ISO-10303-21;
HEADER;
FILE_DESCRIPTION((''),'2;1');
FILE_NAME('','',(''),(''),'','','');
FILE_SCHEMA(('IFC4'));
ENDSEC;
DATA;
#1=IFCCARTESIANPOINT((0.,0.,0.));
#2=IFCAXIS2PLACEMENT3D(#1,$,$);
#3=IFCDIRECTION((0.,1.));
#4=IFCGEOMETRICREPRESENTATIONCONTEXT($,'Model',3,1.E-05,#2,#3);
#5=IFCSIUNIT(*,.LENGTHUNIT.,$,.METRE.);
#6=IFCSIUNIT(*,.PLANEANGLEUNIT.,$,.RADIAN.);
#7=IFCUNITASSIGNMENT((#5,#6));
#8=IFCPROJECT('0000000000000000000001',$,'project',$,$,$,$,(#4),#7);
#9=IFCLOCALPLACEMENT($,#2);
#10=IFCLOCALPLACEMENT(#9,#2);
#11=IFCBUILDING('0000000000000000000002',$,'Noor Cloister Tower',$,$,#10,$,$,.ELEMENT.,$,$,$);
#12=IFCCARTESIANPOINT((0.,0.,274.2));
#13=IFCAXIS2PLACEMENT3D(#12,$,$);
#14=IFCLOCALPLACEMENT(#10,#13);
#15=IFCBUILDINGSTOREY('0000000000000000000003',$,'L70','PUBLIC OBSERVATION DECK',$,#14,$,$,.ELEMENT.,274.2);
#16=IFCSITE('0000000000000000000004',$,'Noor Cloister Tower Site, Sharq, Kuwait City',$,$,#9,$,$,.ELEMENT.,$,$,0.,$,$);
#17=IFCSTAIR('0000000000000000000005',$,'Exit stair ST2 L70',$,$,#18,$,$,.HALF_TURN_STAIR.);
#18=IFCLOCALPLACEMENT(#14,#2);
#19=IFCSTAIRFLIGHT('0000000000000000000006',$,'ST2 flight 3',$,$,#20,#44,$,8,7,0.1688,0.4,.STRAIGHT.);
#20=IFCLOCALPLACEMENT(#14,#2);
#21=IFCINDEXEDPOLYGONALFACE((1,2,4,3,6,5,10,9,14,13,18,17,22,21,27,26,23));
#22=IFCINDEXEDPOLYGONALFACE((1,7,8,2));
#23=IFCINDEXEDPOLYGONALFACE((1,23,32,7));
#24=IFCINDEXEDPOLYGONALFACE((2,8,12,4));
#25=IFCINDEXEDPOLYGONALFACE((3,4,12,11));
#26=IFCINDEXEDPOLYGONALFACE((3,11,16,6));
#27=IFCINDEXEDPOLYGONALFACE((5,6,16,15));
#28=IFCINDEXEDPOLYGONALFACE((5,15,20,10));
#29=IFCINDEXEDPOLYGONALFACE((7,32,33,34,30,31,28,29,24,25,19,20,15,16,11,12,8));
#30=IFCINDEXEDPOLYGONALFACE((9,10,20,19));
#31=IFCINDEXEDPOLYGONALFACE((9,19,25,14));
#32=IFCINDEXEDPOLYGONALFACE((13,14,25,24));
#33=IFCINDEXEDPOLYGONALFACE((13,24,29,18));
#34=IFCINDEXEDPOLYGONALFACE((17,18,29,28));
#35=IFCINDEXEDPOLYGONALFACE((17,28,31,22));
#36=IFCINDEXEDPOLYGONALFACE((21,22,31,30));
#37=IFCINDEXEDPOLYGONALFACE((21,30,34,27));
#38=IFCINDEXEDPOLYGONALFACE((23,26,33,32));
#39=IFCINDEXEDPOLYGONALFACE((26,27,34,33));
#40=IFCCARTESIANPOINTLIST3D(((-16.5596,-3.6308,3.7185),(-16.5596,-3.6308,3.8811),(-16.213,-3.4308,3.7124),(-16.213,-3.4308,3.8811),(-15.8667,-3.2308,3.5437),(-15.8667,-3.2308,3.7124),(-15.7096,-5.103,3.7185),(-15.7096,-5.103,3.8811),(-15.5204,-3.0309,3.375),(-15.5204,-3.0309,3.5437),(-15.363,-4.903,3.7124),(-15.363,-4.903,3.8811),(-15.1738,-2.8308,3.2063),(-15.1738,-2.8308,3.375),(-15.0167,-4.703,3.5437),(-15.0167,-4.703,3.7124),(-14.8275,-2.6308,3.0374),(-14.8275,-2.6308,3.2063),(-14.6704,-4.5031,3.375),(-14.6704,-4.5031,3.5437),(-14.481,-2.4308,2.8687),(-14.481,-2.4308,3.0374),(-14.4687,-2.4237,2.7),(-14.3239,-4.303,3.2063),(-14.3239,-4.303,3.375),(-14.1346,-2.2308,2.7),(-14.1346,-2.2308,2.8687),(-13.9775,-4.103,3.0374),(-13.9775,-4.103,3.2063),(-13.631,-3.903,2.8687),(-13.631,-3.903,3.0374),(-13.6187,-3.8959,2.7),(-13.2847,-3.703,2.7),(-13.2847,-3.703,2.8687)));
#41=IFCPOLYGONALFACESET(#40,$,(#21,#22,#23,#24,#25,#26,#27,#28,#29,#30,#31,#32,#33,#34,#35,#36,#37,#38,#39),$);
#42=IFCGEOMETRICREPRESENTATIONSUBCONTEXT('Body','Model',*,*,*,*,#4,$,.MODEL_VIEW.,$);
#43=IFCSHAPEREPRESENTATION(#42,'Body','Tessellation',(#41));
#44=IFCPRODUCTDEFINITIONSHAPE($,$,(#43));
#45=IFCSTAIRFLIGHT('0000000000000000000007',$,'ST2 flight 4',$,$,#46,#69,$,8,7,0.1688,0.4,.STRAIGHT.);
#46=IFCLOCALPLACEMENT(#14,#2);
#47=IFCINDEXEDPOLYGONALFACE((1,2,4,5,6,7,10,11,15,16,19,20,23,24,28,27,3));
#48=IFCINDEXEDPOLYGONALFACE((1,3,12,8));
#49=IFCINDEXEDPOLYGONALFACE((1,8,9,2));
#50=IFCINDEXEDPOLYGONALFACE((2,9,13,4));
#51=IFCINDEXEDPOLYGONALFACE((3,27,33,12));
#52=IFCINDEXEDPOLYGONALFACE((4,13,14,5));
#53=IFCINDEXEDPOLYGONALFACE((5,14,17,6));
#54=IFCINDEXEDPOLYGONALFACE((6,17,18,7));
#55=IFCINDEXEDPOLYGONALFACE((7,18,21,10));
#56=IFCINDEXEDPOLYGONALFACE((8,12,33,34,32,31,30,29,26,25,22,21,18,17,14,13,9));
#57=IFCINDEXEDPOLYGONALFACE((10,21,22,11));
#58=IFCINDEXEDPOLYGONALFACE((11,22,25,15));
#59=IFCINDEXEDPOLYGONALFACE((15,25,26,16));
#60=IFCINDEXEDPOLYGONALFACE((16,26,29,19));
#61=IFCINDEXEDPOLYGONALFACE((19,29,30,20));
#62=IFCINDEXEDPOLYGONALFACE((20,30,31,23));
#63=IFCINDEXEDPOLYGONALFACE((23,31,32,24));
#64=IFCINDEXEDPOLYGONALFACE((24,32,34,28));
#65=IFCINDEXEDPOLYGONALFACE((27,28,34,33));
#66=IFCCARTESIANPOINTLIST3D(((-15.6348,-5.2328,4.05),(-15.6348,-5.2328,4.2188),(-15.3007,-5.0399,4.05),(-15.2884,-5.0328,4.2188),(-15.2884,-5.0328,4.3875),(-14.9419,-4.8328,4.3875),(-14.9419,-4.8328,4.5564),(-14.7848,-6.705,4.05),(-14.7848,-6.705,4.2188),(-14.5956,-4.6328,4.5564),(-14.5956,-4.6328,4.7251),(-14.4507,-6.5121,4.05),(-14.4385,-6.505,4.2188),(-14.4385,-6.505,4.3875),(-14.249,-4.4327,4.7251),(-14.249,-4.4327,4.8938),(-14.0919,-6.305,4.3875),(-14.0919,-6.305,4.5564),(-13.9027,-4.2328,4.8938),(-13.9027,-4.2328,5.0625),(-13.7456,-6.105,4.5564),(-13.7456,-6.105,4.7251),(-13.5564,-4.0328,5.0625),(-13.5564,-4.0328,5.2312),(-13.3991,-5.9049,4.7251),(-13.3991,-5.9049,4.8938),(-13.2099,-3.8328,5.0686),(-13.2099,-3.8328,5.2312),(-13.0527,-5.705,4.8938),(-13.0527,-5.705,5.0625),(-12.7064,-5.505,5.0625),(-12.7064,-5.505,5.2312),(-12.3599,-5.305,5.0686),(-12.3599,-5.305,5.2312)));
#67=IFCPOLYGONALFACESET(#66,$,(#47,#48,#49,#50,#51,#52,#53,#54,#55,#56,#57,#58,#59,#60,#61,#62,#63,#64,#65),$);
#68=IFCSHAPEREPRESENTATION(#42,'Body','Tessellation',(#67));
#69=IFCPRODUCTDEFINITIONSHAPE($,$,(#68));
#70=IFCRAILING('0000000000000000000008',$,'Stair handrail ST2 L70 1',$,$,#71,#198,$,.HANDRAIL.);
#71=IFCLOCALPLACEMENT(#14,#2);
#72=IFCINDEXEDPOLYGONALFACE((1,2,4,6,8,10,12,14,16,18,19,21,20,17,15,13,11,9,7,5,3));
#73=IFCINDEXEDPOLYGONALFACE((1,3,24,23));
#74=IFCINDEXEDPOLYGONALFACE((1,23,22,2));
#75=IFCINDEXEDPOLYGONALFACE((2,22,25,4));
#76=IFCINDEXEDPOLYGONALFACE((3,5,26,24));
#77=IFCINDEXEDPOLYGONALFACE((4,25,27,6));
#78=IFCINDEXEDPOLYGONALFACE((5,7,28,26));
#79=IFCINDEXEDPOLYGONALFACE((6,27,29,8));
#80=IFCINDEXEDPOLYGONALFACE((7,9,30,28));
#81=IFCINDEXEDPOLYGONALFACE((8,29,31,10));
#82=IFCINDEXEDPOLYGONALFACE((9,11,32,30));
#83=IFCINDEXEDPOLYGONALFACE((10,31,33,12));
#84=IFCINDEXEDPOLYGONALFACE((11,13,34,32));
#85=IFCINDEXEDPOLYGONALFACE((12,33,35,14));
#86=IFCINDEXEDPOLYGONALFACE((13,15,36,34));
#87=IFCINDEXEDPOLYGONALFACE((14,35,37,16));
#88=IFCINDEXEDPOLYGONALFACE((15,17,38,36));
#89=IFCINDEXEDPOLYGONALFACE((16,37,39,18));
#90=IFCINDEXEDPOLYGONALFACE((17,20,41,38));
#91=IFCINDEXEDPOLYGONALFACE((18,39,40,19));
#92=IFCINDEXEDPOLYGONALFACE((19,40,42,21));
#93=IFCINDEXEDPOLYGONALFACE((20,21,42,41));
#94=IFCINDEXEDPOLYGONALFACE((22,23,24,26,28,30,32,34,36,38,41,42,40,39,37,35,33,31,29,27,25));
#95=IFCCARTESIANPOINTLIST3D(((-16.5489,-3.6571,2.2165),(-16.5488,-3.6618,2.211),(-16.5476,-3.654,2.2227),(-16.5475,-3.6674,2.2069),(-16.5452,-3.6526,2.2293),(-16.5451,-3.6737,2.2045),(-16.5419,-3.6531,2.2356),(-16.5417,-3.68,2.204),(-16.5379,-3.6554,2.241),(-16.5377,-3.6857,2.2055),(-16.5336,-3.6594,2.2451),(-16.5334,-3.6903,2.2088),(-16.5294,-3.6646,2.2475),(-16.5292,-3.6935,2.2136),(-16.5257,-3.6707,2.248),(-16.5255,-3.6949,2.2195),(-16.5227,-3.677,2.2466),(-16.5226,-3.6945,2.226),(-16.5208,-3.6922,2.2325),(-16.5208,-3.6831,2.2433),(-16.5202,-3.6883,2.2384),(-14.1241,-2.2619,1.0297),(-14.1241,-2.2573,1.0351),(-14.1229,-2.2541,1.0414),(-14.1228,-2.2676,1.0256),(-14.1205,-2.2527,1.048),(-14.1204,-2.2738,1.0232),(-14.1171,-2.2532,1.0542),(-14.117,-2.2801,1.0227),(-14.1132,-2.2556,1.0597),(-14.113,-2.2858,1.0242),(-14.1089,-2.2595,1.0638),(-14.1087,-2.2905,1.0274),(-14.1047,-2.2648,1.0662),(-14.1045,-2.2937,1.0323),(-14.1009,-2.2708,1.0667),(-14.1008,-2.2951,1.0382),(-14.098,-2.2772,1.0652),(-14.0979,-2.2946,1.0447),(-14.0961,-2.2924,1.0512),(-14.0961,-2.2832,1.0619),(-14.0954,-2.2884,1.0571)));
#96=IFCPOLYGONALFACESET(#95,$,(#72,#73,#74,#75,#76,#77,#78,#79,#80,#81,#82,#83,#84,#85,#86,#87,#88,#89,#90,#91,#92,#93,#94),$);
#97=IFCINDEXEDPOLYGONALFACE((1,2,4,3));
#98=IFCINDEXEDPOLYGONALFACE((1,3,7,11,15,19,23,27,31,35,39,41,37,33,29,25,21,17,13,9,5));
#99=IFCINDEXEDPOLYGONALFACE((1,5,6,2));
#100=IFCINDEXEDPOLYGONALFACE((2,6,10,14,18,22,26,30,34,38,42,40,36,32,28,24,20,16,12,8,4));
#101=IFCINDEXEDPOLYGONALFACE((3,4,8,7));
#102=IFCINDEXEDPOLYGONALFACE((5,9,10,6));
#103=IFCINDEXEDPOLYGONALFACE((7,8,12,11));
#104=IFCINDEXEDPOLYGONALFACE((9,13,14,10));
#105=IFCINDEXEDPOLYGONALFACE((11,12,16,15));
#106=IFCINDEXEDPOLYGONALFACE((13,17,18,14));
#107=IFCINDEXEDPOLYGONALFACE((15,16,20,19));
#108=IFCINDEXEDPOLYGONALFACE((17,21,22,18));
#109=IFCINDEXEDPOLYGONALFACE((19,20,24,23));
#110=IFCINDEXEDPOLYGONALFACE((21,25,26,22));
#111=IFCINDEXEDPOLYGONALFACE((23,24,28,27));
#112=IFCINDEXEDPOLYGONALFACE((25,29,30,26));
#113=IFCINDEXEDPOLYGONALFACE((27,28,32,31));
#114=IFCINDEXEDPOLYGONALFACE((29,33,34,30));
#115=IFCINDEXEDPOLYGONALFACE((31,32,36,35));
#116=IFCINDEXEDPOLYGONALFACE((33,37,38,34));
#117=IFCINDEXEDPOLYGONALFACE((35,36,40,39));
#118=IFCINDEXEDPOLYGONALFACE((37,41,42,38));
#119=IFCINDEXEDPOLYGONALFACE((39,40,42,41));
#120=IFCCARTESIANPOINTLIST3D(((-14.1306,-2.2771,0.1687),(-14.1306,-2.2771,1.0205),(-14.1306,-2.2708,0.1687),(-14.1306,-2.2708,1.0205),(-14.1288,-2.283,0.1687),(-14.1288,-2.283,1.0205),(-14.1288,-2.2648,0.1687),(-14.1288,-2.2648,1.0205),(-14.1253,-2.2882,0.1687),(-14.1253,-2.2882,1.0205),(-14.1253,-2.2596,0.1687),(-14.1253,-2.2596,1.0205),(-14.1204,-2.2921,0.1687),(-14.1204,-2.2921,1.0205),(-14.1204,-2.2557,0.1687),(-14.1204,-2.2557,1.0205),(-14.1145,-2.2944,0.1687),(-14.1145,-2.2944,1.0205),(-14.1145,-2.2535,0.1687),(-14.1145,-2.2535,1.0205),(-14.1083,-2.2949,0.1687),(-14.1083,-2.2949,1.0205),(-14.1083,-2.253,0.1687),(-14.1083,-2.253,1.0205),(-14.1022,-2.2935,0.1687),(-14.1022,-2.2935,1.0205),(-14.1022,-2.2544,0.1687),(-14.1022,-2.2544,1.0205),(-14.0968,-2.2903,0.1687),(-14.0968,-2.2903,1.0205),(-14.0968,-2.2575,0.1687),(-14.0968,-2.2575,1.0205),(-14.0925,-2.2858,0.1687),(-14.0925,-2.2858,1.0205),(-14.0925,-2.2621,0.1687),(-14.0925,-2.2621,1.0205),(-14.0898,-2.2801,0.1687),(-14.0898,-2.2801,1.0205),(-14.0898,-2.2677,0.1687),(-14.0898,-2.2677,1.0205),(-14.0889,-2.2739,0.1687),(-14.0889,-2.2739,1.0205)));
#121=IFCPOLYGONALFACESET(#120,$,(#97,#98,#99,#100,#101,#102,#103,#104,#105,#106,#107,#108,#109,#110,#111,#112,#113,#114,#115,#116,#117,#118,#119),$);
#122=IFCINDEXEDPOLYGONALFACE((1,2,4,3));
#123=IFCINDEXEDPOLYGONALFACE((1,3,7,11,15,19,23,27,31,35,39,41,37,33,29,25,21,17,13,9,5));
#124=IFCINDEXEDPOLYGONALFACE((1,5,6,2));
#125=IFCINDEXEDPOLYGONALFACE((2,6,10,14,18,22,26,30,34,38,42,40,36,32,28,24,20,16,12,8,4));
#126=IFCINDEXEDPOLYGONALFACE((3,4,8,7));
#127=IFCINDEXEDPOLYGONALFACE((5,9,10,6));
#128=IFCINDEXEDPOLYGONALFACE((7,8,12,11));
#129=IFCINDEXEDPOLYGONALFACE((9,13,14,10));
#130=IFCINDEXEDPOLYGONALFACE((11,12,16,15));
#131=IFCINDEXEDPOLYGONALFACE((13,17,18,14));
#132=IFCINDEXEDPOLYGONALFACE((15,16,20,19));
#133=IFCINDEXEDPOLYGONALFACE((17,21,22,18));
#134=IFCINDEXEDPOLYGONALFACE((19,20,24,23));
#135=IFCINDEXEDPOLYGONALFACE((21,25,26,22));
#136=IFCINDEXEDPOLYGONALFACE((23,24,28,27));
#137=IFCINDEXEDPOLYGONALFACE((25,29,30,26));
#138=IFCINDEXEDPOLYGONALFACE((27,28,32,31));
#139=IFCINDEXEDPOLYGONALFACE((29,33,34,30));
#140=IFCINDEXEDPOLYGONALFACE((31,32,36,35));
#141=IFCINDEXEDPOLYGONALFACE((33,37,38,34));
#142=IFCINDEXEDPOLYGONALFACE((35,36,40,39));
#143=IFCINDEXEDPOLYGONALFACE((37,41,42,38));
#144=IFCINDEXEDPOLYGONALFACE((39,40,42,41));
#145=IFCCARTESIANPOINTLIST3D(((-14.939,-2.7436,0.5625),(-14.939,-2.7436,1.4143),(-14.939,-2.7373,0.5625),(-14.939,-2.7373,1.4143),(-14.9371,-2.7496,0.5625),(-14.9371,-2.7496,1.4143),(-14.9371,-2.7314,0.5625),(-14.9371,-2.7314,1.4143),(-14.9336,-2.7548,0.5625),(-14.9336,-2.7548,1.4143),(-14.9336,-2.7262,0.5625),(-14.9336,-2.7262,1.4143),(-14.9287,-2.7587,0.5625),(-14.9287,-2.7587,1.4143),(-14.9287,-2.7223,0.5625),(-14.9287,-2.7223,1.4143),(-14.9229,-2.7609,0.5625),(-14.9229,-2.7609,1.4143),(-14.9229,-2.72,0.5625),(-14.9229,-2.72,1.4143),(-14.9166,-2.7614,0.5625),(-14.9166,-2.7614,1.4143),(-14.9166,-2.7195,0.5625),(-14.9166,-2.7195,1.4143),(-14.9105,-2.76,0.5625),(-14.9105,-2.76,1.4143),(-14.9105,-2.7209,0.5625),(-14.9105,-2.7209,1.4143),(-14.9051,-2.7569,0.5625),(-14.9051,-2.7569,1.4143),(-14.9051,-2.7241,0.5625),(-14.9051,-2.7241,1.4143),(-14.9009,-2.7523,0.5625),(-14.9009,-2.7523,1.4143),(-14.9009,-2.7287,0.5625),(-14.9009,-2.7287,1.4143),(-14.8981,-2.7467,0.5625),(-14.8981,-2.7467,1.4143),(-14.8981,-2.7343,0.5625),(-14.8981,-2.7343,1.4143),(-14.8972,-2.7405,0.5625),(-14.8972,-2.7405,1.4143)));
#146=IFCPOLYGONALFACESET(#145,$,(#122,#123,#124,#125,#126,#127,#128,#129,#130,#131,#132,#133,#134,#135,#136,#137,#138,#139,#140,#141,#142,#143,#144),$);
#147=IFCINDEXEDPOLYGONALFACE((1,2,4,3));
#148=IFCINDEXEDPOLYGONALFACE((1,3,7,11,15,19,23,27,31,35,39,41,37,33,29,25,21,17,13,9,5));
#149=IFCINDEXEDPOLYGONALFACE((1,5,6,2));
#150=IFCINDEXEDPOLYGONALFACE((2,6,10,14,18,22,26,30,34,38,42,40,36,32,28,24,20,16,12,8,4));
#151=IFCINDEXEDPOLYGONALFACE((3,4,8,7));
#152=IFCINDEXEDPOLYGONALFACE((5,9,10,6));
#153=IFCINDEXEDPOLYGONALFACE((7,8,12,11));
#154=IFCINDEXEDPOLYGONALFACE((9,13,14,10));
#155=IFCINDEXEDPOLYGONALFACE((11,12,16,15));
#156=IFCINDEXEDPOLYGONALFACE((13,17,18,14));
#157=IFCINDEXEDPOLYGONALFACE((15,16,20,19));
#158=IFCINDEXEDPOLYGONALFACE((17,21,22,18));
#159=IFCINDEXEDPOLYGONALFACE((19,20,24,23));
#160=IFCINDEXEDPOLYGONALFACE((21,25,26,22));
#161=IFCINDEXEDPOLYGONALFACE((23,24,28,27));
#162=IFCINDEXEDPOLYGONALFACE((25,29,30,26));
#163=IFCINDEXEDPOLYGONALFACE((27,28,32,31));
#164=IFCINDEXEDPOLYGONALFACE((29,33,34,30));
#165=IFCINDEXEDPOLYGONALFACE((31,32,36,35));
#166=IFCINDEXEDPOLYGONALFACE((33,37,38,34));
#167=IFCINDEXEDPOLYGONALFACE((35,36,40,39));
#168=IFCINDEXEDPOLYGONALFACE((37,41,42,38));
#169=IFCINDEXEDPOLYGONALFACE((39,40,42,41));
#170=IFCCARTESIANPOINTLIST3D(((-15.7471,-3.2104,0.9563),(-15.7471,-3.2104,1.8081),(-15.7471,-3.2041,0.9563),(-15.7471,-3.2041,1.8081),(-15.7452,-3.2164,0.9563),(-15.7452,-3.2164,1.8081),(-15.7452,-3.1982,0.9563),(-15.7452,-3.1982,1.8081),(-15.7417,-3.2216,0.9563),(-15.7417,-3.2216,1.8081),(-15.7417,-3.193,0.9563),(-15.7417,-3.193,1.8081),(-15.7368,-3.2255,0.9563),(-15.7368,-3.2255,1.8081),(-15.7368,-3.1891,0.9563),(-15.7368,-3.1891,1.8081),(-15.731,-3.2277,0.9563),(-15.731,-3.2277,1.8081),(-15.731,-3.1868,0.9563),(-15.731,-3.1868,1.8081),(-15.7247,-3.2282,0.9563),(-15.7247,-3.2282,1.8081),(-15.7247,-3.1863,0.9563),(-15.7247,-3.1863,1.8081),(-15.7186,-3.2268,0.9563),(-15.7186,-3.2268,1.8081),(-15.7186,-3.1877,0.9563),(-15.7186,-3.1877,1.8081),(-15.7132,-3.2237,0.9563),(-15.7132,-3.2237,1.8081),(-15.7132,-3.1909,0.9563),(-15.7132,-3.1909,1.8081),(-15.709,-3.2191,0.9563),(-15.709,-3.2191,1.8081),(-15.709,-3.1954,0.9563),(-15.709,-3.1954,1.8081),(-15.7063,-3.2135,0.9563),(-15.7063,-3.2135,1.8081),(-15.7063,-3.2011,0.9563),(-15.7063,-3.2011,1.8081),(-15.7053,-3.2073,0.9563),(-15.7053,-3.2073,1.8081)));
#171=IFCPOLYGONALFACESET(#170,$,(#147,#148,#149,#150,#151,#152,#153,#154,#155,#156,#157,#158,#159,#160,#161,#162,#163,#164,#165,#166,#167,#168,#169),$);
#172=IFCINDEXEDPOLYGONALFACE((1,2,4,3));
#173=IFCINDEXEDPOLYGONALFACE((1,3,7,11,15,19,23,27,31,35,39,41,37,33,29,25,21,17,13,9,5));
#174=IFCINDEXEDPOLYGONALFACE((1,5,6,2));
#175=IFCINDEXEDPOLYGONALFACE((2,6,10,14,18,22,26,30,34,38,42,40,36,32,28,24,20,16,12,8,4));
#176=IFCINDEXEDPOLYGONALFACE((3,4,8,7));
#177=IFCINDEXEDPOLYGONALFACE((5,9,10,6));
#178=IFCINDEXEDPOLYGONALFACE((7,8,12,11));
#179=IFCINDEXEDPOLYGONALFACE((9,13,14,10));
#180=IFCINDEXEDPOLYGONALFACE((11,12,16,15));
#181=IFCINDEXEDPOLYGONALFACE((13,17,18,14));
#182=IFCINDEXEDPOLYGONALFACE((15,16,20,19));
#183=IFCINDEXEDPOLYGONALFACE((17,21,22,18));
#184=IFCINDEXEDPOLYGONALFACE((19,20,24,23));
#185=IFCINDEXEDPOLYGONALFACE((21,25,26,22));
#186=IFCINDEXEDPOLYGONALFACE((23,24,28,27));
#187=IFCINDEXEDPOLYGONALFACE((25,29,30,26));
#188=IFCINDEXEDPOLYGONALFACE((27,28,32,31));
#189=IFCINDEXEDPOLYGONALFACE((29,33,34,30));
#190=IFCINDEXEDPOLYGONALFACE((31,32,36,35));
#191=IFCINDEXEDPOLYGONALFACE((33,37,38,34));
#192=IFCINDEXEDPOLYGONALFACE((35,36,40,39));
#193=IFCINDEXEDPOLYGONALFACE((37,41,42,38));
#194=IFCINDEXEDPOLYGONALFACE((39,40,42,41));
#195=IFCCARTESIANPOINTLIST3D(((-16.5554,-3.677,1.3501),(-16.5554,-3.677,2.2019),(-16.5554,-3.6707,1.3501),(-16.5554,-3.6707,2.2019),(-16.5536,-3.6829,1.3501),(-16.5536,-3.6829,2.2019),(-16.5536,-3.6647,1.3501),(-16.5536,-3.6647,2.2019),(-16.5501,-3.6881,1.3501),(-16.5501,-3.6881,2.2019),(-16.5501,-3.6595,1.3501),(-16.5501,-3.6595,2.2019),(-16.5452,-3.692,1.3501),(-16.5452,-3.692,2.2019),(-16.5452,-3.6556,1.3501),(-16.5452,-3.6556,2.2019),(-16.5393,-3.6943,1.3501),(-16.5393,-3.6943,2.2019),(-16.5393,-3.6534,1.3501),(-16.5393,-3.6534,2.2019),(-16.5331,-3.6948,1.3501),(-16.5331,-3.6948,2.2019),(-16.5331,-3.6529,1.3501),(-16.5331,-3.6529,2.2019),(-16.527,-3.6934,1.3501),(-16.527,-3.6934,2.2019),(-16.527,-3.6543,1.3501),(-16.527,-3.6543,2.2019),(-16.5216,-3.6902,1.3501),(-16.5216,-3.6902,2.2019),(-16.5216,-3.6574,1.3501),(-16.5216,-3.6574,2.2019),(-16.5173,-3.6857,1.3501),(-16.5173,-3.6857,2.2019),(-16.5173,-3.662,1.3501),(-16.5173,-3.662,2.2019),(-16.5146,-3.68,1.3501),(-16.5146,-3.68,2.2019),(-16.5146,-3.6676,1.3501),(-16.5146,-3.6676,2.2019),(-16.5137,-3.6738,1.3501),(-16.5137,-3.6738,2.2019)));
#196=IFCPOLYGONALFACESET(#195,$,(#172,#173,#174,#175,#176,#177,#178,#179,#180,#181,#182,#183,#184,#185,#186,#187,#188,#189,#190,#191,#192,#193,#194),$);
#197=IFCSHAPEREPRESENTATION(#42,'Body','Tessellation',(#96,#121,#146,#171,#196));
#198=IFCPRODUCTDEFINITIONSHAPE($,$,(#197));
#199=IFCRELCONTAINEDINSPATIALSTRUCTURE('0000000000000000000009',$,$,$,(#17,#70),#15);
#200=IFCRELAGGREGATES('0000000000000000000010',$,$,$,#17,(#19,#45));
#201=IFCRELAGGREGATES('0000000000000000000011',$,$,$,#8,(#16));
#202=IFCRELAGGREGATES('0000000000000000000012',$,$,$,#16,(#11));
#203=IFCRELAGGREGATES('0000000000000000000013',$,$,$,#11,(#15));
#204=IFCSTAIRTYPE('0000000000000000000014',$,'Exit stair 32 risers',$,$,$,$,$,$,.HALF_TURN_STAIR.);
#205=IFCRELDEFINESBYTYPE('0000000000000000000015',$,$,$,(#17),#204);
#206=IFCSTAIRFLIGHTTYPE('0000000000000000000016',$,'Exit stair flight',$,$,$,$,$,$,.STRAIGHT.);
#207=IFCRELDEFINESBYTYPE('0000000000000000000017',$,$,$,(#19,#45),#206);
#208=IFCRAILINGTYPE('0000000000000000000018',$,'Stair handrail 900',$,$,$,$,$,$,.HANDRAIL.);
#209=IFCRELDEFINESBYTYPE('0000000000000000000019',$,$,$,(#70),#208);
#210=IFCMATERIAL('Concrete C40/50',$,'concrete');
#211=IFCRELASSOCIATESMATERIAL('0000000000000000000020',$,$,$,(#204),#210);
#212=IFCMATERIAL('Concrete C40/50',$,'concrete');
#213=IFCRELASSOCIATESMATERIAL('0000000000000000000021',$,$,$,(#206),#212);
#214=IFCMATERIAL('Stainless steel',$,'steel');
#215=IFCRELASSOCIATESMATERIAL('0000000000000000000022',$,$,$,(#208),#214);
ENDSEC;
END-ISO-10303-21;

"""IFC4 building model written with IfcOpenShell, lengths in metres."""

from ifc_helpers import new_model, si_unit, direction, frame, origin, origin_2d, place, context, subcontext, project, spatial, polyline, circle, outline, extrude, material, type_object, element, aggregate, save


model = new_model("IFC4")

# Units and contexts
model_context = context("Model", 3, precision=1e-05, world=origin(), true_north=direction((0.0, 1.0)))
body_context = subcontext(model_context, "Body", "Model", "MODEL_VIEW")
ifc_project = project(units=[si_unit("LENGTHUNIT", "METRE"), si_unit("PLANEANGLEUNIT", "RADIAN")], contexts=[model_context])

# Site, building, storey
site_placement = place(None, origin())
site = spatial("IfcSite", under=ifc_project, at=site_placement, Name="Noor Cloister Tower Site, Sharq, Kuwait City", CompositionType="ELEMENT", RefElevation=0.0)
building_placement = place(site_placement, origin())
building = spatial("IfcBuilding", under=site, at=building_placement, Name="Noor Cloister Tower", CompositionType="ELEMENT")
storey_placement = place(building_placement, frame((0.0, 0.0, 274.2)))
storey = spatial("IfcBuildingStorey", under=building, at=storey_placement, Name="L70", Description="PUBLIC OBSERVATION DECK", CompositionType="ELEMENT", Elevation=274.2)

# Stair, stair flights
ifc_material_1 = material(Name="Concrete C40/50", Category="concrete")
stair_type = type_object("IfcStairType", Name="Exit stair 32 risers", PredefinedType="HALF_TURN_STAIR", material=ifc_material_1)
stair_placement = place(storey_placement, origin())
stair = element("IfcStair", 1, at=stair_placement, inside=storey, type_object=stair_type, Name="Exit stair ST2 L70", PredefinedType="HALF_TURN_STAIR")
ifc_material_2 = material(Name="Concrete C40/50", Category="concrete")
stair_flight_type = type_object("IfcStairFlightType", Name="Exit stair flight", PredefinedType="STRAIGHT", material=ifc_material_2)
stair_flight_1_placement = place(storey_placement, frame((-13.7097, -2.9668, 2.7), z_axis=(0.0, 0.0, 1.0), x_axis=(-0.866025, -0.5, 0.0)))
stair_flight_1 = element("IfcStairFlight", 2, at=stair_flight_1_placement, type_object=stair_flight_type, Name="ST2 flight 3", NumberOfRisers=8, NumberOfTreads=7, PredefinedType="STRAIGHT", RiserHeight=0.1688, TreadLength=0.4, context=body_context, shape_type="SweptSolid", body=[
    extrude(outline(polyline([(0.0, 0.0), (0.0, 0.1687), (0.3999, 0.1687), (0.3999, 0.3374), (0.8, 0.3374), (0.8, 0.5063), (1.2, 0.5063), (1.2, 0.675), (1.6001, 0.675), (1.6001, 0.8438), (2.0, 0.8438), (2.0, 1.0125), (2.3999, 1.0125), (2.3999, 1.1812), (2.8, 1.1812), (2.8, 1.3501), (2.8, 1.0186), (0.3857, 0.0), (0.0, 0.0)])), frame((0.0, 0.8501, 0.0), z_axis=(0.0, -1.0, 0.0), x_axis=(1.0, 0.0, 0.0)), (0.0, 0.0, 1.0), 1.7),
])
stair_flight_2_placement = place(storey_placement, frame((-15.2097, -5.969, 4.05), z_axis=(0.0, 0.0, 1.0), x_axis=(0.866025, 0.5, 0.0)))
stair_flight_2 = element("IfcStairFlight", 3, at=stair_flight_2_placement, type_object=stair_flight_type, Name="ST2 flight 4", NumberOfRisers=8, NumberOfTreads=7, PredefinedType="STRAIGHT", RiserHeight=0.1688, TreadLength=0.4, context=body_context, shape_type="SweptSolid", body=[
    extrude(outline(polyline([(0.0, 0.0), (0.0, 0.1687), (0.3999, 0.1687), (0.3999, 0.3374), (0.8, 0.3374), (0.8, 0.5063), (1.2, 0.5063), (1.2, 0.675), (1.6001, 0.675), (1.6001, 0.8438), (2.0, 0.8438), (2.0, 1.0125), (2.3999, 1.0125), (2.3999, 1.1812), (2.8, 1.1812), (2.8, 1.3501), (2.8, 1.0186), (0.3857, 0.0), (0.0, 0.0)])), frame((0.0, 0.8501, 0.0), z_axis=(0.0, -1.0, 0.0), x_axis=(1.0, 0.0, 0.0)), (0.0, 0.0, 1.0), 1.7),
])
aggregate(stair, [stair_flight_1, stair_flight_2])

# Railing
ifc_material_3 = material(Name="Stainless steel", Category="steel")
railing_type_1 = type_object("IfcRailingType", Name="Stair handrail 900", PredefinedType="HANDRAIL", material=ifc_material_3)
railing_1_placement = place(storey_placement, frame((-14.1099, -2.2739, 0.1687)))
element("IfcRailing", 4, at=railing_1_placement, inside=storey, type_object=railing_type_1, Name="Stair handrail ST2 L70 1", PredefinedType="HANDRAIL", context=body_context, shape_type="SweptSolid", body=[
    extrude(circle(Radius=0.0239, at=origin_2d()), frame((0.0, 0.0, 0.876), z_axis=(-0.797914, -0.460656, 0.388754), x_axis=(0.499984, -0.866035, 0.0)), (0.0, 0.0, 1.0), 3.0388),
    extrude(circle(Radius=0.021, at=origin_2d()), origin(), (0.0, 0.0, 1.0), 0.8518),
    extrude(circle(Radius=0.021, at=origin_2d()), frame((-0.8083, -0.4666, 0.3938)), (0.0, 0.0, 1.0), 0.8518),
    extrude(circle(Radius=0.021, at=origin_2d()), frame((-1.6165, -0.9333, 0.7876)), (0.0, 0.0, 1.0), 0.8518),
    extrude(circle(Radius=0.021, at=origin_2d()), frame((-2.4248, -1.3999, 1.1814)), (0.0, 0.0, 1.0), 0.8518),
])

save(model, "model.ifc")
